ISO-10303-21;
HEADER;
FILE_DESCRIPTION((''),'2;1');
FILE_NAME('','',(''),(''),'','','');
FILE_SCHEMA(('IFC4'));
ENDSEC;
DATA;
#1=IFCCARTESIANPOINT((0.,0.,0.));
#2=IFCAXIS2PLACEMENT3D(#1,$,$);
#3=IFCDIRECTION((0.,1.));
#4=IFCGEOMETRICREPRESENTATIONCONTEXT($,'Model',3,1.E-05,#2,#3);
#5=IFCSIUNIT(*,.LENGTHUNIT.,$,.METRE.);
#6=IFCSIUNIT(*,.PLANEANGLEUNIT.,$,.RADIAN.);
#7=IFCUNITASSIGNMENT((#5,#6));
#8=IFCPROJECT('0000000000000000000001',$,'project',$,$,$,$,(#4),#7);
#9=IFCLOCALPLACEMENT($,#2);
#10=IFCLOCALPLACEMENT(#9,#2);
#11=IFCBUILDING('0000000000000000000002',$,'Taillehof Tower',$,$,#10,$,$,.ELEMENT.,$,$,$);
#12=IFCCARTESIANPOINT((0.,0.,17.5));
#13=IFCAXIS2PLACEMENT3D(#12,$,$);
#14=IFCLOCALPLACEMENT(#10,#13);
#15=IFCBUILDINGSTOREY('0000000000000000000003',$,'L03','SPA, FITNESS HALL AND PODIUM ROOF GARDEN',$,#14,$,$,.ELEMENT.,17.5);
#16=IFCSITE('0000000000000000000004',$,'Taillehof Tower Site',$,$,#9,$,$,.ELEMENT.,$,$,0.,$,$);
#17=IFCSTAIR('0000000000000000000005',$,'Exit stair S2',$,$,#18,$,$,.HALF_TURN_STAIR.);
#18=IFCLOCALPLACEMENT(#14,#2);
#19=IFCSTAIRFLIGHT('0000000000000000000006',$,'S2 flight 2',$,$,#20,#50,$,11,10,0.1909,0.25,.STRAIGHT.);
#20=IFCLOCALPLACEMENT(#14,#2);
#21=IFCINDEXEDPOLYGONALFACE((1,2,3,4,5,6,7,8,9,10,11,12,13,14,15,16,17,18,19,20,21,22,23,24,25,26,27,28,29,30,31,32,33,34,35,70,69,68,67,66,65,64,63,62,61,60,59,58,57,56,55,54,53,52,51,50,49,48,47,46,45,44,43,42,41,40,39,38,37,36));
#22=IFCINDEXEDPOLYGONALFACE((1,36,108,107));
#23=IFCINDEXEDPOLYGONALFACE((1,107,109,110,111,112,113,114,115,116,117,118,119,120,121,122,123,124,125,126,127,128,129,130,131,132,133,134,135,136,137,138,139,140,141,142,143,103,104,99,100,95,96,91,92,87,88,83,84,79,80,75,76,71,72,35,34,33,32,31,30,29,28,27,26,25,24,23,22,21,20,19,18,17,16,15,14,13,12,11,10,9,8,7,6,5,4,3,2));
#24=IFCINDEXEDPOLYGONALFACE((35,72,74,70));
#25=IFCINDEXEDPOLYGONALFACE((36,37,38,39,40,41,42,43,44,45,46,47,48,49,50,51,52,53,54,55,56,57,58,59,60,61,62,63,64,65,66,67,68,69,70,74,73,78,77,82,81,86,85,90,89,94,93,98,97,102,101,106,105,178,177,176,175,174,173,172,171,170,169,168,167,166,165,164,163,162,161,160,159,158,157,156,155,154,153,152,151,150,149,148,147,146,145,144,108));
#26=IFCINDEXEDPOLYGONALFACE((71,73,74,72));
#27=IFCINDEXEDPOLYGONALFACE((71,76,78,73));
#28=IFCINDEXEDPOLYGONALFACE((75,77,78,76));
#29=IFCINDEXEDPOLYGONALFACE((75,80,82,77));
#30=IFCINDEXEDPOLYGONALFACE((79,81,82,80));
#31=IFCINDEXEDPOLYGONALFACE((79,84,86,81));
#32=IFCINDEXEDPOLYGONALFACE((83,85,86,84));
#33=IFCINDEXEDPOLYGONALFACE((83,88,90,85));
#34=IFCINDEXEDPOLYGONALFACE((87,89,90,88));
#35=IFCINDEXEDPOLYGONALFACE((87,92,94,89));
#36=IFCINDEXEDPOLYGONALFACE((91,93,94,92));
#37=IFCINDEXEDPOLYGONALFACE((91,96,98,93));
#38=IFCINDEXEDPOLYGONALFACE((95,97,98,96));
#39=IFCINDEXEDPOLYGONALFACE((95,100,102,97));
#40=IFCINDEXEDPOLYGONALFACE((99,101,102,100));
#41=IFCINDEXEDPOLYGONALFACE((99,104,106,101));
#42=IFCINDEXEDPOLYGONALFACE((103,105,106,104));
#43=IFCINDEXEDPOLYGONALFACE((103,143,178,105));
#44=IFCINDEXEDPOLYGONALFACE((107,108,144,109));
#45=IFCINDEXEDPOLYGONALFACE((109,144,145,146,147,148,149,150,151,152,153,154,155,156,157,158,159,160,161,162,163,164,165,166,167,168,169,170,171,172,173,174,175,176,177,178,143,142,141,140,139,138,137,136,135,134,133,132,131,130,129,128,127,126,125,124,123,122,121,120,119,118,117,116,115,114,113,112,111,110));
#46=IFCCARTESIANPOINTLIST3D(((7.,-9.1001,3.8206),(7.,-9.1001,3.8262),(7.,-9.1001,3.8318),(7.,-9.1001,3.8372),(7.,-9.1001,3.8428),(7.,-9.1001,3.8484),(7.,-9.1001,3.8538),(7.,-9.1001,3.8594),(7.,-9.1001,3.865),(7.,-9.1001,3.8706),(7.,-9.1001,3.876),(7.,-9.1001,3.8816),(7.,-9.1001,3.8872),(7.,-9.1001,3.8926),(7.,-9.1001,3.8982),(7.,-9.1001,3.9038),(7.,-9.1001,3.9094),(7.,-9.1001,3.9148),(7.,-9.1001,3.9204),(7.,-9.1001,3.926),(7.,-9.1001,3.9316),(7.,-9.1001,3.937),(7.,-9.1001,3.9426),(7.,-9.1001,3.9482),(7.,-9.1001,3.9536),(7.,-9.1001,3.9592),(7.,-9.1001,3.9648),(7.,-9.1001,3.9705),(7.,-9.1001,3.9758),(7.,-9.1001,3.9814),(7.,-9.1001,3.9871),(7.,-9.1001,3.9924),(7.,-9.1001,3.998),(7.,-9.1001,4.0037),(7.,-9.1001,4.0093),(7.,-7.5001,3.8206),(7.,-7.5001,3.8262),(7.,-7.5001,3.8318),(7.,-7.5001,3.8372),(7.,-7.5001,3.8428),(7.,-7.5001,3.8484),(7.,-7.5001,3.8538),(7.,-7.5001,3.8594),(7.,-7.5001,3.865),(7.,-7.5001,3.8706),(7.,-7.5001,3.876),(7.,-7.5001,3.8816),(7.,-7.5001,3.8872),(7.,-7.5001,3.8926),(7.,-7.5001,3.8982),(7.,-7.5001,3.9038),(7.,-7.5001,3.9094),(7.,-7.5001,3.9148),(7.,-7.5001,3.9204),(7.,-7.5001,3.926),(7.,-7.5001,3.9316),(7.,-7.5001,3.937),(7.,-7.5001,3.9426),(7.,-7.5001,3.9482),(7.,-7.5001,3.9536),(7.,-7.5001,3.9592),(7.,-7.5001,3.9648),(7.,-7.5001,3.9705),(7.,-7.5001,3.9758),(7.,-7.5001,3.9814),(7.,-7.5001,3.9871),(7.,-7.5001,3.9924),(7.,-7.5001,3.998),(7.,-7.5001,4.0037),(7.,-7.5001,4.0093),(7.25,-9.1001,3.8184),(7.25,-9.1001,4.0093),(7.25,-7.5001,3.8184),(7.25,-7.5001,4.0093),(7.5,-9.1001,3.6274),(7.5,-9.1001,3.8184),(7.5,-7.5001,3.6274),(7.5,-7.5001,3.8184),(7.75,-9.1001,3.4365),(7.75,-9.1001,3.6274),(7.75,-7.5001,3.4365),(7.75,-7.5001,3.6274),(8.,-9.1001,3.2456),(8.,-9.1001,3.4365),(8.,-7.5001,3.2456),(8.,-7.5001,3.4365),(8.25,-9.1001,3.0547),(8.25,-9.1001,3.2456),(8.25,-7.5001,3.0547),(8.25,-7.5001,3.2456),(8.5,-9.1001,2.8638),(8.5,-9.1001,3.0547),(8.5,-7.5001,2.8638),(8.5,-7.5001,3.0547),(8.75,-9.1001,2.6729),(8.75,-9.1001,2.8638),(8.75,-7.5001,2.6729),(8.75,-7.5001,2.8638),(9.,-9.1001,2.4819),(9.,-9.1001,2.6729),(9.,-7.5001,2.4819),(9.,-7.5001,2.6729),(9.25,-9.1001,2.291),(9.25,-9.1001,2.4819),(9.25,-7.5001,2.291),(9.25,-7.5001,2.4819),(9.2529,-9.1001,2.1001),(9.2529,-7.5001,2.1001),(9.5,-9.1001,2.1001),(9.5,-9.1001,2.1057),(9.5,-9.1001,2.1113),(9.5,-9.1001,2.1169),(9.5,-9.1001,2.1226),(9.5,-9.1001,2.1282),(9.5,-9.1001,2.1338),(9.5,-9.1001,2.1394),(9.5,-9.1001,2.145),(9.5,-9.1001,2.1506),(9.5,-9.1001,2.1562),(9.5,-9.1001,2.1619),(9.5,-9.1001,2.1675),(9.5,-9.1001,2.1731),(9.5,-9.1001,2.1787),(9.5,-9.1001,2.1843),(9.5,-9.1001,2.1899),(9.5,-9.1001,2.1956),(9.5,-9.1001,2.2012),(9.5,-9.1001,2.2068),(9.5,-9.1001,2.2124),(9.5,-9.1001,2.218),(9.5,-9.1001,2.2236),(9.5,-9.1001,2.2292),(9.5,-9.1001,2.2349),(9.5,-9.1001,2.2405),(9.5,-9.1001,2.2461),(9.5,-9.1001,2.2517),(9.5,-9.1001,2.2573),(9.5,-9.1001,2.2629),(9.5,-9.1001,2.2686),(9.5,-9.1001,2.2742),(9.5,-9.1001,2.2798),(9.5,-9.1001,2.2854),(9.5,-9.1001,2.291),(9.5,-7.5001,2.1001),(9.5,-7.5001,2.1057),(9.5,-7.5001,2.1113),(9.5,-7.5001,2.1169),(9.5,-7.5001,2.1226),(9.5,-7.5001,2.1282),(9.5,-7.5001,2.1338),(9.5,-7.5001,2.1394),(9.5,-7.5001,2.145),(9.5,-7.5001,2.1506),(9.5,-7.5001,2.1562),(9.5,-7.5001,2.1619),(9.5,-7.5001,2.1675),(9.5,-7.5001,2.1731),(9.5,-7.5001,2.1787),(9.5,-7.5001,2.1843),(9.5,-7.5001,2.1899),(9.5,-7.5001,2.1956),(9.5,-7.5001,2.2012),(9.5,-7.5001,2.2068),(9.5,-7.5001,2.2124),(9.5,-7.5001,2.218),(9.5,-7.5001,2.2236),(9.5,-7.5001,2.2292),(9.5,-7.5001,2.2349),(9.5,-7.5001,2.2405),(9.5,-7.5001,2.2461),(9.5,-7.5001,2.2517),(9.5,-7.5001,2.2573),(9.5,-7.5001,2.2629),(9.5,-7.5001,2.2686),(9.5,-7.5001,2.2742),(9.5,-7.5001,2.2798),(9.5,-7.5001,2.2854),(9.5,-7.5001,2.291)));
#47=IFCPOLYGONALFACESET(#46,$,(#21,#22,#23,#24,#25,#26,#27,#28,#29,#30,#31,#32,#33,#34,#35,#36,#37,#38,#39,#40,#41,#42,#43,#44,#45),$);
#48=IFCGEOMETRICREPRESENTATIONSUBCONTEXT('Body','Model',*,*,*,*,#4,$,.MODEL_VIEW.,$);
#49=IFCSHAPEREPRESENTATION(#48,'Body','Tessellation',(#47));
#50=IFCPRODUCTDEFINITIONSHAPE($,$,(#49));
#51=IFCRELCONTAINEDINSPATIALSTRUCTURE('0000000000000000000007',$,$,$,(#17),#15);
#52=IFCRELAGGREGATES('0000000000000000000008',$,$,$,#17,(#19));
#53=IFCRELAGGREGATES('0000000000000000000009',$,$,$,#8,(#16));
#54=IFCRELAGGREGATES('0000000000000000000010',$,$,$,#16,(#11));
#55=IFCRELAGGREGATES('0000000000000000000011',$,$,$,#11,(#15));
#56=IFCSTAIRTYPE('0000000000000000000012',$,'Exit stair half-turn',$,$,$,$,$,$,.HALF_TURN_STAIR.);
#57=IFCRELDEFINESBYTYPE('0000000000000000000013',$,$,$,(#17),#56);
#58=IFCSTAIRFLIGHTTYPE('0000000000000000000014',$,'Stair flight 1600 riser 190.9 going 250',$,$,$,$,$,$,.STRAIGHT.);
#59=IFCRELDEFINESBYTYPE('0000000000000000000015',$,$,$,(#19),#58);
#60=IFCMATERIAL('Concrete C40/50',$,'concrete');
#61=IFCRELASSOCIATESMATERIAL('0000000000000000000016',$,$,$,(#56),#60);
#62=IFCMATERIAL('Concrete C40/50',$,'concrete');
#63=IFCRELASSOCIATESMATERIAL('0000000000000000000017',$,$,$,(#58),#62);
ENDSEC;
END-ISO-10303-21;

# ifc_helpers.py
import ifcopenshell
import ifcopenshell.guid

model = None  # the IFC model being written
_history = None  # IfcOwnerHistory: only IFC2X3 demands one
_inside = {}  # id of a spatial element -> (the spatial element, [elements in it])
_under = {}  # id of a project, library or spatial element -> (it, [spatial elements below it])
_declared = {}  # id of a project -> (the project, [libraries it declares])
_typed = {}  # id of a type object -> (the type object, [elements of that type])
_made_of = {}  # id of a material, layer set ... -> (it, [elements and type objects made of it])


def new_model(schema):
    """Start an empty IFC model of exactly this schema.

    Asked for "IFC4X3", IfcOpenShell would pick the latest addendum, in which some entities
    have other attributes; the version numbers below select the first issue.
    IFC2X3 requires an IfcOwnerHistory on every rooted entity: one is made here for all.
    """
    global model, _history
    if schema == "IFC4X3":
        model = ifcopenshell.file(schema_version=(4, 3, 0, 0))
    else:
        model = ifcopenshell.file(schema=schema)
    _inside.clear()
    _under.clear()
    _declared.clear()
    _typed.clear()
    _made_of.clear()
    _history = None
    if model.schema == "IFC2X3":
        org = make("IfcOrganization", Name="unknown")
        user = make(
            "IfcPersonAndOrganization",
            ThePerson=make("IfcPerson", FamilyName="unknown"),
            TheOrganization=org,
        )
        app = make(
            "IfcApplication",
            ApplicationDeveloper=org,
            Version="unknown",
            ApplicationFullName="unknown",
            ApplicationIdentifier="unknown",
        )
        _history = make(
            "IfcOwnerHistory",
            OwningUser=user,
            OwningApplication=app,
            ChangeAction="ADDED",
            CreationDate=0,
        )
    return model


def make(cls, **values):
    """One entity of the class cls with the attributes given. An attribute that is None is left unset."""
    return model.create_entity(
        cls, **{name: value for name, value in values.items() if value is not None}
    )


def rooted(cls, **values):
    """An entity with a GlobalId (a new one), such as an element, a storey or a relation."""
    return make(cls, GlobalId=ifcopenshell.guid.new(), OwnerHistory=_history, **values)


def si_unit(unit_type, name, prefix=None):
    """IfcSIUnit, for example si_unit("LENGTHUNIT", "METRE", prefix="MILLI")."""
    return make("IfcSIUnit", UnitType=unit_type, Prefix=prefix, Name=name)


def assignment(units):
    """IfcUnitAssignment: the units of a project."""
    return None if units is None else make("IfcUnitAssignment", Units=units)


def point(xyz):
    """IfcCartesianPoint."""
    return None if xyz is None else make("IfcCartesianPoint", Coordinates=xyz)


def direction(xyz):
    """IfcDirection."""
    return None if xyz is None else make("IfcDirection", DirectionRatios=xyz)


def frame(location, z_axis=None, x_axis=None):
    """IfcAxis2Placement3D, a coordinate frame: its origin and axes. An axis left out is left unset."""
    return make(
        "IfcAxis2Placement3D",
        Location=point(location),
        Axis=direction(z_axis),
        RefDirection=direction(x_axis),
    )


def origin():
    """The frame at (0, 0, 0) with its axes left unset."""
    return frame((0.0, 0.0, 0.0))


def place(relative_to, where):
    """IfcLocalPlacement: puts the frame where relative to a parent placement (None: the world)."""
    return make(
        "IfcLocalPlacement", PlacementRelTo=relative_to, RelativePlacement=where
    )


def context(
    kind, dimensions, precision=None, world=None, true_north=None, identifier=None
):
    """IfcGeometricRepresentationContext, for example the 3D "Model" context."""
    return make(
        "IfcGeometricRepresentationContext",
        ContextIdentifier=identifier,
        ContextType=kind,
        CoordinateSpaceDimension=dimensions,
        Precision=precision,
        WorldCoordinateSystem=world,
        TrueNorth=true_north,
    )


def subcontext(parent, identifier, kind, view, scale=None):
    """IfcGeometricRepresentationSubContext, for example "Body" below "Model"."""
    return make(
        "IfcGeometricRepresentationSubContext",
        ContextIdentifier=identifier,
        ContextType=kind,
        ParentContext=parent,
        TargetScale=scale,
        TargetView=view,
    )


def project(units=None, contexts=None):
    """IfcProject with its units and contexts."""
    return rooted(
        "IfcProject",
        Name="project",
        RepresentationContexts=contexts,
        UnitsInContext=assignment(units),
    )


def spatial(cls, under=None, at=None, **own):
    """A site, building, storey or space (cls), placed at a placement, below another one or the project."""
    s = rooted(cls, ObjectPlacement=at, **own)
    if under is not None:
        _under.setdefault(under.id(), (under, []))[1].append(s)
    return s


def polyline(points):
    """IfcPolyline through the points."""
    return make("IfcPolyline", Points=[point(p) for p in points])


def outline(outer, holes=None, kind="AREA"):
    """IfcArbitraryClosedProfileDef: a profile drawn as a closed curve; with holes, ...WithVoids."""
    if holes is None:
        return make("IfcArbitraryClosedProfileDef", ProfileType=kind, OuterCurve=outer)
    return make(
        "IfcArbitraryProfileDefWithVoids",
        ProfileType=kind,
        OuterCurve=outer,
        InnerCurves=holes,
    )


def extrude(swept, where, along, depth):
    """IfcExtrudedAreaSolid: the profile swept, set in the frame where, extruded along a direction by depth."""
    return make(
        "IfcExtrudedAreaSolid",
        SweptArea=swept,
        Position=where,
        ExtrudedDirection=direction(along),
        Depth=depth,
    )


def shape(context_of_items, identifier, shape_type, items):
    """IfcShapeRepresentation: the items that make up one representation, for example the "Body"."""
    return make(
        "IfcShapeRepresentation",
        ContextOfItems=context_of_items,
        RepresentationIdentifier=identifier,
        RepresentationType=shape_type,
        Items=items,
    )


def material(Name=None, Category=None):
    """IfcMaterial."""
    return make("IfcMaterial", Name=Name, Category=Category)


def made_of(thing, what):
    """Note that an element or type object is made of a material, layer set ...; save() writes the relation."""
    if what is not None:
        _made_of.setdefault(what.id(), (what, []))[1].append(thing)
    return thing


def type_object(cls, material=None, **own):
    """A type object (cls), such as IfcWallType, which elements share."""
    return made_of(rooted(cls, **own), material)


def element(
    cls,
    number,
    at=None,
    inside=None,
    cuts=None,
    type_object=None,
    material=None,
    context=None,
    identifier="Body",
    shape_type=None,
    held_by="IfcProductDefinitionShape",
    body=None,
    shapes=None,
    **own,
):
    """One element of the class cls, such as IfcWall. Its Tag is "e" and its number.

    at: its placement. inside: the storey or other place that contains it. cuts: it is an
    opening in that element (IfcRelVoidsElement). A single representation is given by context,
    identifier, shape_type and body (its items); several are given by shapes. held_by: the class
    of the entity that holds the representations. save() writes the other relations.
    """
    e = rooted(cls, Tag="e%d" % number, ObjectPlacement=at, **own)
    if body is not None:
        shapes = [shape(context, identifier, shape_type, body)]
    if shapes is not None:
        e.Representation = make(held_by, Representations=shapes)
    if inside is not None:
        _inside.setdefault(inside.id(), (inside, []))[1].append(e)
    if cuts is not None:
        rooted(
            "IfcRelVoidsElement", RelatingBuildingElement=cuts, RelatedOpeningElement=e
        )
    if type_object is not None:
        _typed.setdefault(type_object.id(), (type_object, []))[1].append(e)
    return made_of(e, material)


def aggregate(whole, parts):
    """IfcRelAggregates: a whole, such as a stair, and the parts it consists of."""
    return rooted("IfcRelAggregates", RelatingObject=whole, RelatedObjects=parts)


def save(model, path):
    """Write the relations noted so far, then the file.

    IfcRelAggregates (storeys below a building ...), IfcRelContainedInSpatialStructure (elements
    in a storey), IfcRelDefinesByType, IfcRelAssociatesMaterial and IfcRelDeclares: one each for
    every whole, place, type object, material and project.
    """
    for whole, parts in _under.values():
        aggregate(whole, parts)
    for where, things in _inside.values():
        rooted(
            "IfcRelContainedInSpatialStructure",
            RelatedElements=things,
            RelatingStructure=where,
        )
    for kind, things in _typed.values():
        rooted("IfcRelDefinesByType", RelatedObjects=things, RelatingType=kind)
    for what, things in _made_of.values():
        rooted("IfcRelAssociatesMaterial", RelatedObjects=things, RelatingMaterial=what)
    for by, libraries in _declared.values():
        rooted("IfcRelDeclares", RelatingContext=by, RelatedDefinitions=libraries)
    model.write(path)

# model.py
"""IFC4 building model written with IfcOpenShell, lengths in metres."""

from ifc_helpers import new_model, si_unit, direction, frame, origin, place, context, subcontext, project, spatial, polyline, outline, extrude, material, type_object, element, aggregate, save


model = new_model("IFC4")

# Units and contexts
model_context = context("Model", 3, precision=1e-05, world=origin(), true_north=direction((0.0, 1.0)))
body_context = subcontext(model_context, "Body", "Model", "MODEL_VIEW")
ifc_project = project(units=[si_unit("LENGTHUNIT", "METRE"), si_unit("PLANEANGLEUNIT", "RADIAN")], contexts=[model_context])

# Site, building, storey
site_placement = place(None, origin())
site = spatial("IfcSite", under=ifc_project, at=site_placement, Name="Taillehof Tower Site", CompositionType="ELEMENT", RefElevation=0.0)
building_placement = place(site_placement, origin())
building = spatial("IfcBuilding", under=site, at=building_placement, Name="Taillehof Tower", CompositionType="ELEMENT")
storey_placement = place(building_placement, frame((0.0, 0.0, 17.5)))
storey = spatial("IfcBuildingStorey", under=building, at=storey_placement, Name="L03", Description="SPA, FITNESS HALL AND PODIUM ROOF GARDEN", CompositionType="ELEMENT", Elevation=17.5)

# Stair, stair flight
ifc_material_1 = material(Name="Concrete C40/50", Category="concrete")
stair_type = type_object("IfcStairType", Name="Exit stair half-turn", PredefinedType="HALF_TURN_STAIR", material=ifc_material_1)
stair_placement = place(storey_placement, origin())
stair = element("IfcStair", 1, at=stair_placement, inside=storey, type_object=stair_type, Name="Exit stair S2", PredefinedType="HALF_TURN_STAIR")
ifc_material_2 = material(Name="Concrete C40/50", Category="concrete")
stair_flight_type = type_object("IfcStairFlightType", Name="Stair flight 1600 riser 190.9 going 250", PredefinedType="STRAIGHT", material=ifc_material_2)
stair_flight_placement = place(storey_placement, frame((9.5, -8.3, 2.1001), z_axis=(0.0, 0.0, 1.0), x_axis=(-1.0, 0.0, 0.0)))
stair_flight = element("IfcStairFlight", 2, at=stair_flight_placement, type_object=stair_flight_type, Name="S2 flight 2", NumberOfRisers=11, NumberOfTreads=10, PredefinedType="STRAIGHT", RiserHeight=0.1909, TreadLength=0.25, context=body_context, shape_type="SweptSolid", body=[
    extrude(outline(polyline([(0.0, 0.0), (0.0, 0.0056), (0.0, 0.0112), (0.0, 0.0168), (0.0, 0.0225), (0.0, 0.0281), (0.0, 0.0337), (0.0, 0.0393), (0.0, 0.0449), (0.0, 0.0505), (0.0, 0.0562), (0.0, 0.0618), (0.0, 0.0674), (0.0, 0.073), (0.0, 0.0786), (0.0, 0.0842), (0.0, 0.0898), (0.0, 0.0955), (0.0, 0.1011), (0.0, 0.1067), (0.0, 0.1123), (0.0, 0.1179), (0.0, 0.1235), (0.0, 0.1292), (0.0, 0.1348), (0.0, 0.1404), (0.0, 0.146), (0.0, 0.1516), (0.0, 0.1572), (0.0, 0.1628), (0.0, 0.1685), (0.0, 0.1741), (0.0, 0.1797), (0.0, 0.1853), (0.0, 0.1909), (0.25, 0.1909), (0.25, 0.3818), (0.5, 0.3818), (0.5, 0.5728), (0.75, 0.5728), (0.75, 0.7637), (1.0, 0.7637), (1.0, 0.9546), (1.25, 0.9546), (1.25, 1.1455), (1.5, 1.1455), (1.5, 1.3364), (1.75, 1.3364), (1.75, 1.5273), (2.0, 1.5273), (2.0, 1.7183), (2.25, 1.7183), (2.25, 1.9092), (2.5, 1.9092), (2.5, 1.9036), (2.5, 1.8979), (2.5, 1.8923), (2.5, 1.887), (2.5, 1.8813), (2.5, 1.8757), (2.5, 1.8704), (2.5, 1.8647), (2.5, 1.8591), (2.5, 1.8535), (2.5, 1.8481), (2.5, 1.8425), (2.5, 1.8369), (2.5, 1.8315), (2.5, 1.8259), (2.5, 1.8203), (2.5, 1.8147), (2.5, 1.8093), (2.5, 1.8037), (2.5, 1.7981), (2.5, 1.7925), (2.5, 1.7871), (2.5, 1.7815), (2.5, 1.7759), (2.5, 1.7705), (2.5, 1.7649), (2.5, 1.7593), (2.5, 1.7537), (2.5, 1.7483), (2.5, 1.7427), (2.5, 1.7371), (2.5, 1.7317), (2.5, 1.7261), (2.5, 1.7205), (0.2471, 0.0), (0.0, 0.0)])), frame((0.0, 0.8, 0.0), z_axis=(0.0, -1.0, 0.0), x_axis=(1.0, 0.0, 0.0)), (0.0, 0.0, 1.0), 1.6),
])
aggregate(stair, [stair_flight])

save(model, "model.ifc")
